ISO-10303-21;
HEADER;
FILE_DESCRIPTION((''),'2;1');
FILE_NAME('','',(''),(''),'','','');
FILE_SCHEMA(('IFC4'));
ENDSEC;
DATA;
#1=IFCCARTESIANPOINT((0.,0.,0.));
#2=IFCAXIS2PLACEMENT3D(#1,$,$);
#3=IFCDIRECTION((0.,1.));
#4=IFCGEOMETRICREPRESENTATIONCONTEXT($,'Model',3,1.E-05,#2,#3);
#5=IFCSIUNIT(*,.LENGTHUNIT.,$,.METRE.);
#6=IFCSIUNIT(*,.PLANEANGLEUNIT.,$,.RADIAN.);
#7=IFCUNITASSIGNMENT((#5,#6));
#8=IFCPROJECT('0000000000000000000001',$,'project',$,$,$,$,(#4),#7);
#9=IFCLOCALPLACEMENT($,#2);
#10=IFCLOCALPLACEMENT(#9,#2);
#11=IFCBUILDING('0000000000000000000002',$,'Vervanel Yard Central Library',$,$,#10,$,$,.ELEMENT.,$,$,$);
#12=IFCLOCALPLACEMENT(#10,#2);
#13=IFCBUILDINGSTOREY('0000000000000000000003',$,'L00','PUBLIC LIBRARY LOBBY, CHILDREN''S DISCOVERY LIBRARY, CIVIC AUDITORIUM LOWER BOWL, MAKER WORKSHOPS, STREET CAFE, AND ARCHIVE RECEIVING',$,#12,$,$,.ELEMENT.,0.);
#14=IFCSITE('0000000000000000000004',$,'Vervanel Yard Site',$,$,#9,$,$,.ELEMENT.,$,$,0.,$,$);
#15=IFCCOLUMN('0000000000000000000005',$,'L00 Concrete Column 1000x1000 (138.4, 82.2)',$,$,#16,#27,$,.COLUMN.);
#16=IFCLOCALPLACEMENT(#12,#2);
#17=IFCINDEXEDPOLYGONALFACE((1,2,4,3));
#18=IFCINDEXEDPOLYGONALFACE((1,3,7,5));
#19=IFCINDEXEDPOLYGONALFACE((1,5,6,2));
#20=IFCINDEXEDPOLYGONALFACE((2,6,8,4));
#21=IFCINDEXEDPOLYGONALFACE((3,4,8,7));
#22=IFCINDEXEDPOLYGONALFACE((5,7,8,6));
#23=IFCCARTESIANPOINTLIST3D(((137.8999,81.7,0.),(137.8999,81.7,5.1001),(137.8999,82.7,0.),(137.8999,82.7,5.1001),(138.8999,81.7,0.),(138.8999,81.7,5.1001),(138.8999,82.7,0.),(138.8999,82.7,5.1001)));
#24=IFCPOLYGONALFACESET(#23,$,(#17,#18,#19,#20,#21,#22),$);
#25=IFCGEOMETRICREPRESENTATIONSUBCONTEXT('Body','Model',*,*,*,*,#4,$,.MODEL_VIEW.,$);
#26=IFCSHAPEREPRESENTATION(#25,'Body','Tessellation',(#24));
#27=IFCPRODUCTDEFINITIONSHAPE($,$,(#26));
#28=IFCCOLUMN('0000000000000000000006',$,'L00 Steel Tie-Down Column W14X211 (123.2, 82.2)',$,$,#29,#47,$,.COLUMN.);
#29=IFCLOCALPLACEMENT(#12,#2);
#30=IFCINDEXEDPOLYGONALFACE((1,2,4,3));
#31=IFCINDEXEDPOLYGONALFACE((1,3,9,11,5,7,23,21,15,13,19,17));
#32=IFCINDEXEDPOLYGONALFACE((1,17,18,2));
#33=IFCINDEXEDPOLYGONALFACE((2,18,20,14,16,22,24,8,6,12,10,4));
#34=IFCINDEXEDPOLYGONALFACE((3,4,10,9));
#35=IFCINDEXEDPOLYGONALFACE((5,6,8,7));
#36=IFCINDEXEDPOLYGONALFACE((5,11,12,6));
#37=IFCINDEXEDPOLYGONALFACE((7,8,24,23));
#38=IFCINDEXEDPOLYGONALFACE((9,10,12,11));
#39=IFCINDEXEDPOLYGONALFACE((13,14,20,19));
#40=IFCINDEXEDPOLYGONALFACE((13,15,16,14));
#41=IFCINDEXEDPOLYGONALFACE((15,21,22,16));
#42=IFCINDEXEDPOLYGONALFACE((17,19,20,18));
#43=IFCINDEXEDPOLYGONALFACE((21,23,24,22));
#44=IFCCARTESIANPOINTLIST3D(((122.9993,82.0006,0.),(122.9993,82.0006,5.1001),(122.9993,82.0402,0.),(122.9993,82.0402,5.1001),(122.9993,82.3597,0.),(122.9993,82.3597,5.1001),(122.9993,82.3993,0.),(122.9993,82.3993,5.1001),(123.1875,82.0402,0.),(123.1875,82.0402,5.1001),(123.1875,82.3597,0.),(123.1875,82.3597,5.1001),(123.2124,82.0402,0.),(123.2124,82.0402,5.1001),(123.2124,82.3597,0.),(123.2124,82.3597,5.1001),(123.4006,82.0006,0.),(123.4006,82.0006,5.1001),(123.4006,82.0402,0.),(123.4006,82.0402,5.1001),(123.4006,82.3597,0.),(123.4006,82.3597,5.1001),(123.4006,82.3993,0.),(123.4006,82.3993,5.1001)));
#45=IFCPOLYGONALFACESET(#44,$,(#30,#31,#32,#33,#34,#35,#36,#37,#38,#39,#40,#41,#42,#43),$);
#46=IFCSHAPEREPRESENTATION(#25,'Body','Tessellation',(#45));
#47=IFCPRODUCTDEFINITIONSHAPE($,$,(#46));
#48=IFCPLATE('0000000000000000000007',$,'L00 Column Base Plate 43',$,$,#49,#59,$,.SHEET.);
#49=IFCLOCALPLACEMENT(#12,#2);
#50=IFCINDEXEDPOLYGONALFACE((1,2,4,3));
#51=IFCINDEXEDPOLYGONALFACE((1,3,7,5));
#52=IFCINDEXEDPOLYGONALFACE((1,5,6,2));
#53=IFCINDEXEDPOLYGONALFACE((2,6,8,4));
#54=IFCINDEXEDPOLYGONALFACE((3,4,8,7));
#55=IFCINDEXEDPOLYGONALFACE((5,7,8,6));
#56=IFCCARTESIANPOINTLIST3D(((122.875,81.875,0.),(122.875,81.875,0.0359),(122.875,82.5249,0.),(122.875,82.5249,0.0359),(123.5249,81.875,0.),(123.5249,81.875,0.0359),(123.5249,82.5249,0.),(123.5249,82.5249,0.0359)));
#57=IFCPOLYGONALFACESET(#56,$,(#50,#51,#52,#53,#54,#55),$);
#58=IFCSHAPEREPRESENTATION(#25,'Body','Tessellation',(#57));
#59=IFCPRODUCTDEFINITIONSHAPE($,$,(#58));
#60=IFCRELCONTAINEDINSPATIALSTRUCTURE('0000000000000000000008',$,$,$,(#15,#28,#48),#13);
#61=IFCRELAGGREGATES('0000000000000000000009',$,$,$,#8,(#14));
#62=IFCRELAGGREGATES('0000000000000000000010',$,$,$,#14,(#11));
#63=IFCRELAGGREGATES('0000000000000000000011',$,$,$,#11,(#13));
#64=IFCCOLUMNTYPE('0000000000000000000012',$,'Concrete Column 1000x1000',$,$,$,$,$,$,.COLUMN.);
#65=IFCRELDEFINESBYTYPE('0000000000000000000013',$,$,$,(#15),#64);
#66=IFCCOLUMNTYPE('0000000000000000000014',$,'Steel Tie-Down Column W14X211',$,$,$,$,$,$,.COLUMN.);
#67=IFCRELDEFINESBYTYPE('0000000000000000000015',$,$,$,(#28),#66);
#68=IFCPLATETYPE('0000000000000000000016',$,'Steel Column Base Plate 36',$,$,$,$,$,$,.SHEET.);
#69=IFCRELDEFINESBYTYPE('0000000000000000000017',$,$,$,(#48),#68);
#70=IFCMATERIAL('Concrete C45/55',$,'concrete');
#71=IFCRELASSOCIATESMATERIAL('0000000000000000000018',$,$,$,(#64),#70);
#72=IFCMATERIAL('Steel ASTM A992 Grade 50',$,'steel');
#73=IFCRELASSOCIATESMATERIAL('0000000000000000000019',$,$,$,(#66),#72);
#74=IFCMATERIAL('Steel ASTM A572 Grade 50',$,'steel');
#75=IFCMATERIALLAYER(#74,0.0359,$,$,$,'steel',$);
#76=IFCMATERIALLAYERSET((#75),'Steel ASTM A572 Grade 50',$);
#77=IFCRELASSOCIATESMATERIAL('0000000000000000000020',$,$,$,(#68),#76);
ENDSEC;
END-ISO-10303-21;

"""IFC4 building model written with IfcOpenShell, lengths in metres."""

from ifc_helpers import new_model, si_unit, direction, frame, origin, origin_2d, place, context, subcontext, project, spatial, rectangle, i_section, extrude, material, layer, layer_set, material_profile, profile_set, type_object, element, save


model = new_model("IFC4")

# Units and contexts
model_context = context("Model", 3, precision=1e-05, world=origin(), true_north=direction((0.0, 1.0)))
body_context = subcontext(model_context, "Body", "Model", "MODEL_VIEW")
ifc_project = project(units=[si_unit("LENGTHUNIT", "METRE"), si_unit("PLANEANGLEUNIT", "RADIAN")], contexts=[model_context])

# Site, building, storey
site_placement = place(None, origin())
site = spatial("IfcSite", under=ifc_project, at=site_placement, Name="Vervanel Yard Site", CompositionType="ELEMENT", RefElevation=0.0)
building_placement = place(site_placement, origin())
building = spatial("IfcBuilding", under=site, at=building_placement, Name="Vervanel Yard Central Library", CompositionType="ELEMENT")
storey_placement = place(building_placement, origin())
storey = spatial("IfcBuildingStorey", under=building, at=storey_placement, Name="L00", Description="PUBLIC LIBRARY LOBBY, CHILDREN'S DISCOVERY LIBRARY, CIVIC AUDITORIUM LOWER BOWL, MAKER WORKSHOPS, STREET CAFE, AND ARCHIVE RECEIVING", CompositionType="ELEMENT", Elevation=0.0)

# Columns
ifc_material_1 = material(Name="Concrete C45/55", Category="concrete")
ifc_material_profile_1 = material_profile(ifc_material_1, rectangle(XDim=1.0, YDim=1.0, at=origin_2d()), Name="RC 1000x1000", Category="concrete")
ifc_profile_set_1 = profile_set([ifc_material_profile_1], Name="Concrete C45/55")
column_type_1 = type_object("IfcColumnType", Name="Concrete Column 1000x1000", PredefinedType="COLUMN", material=ifc_profile_set_1)
for number, where, z_axis, x_axis, name in (
    (1, (138.3999, 82.2, 0.0), (0.0, 0.0, 1.0), (1.0, 0.0, 0.0), "L00 Concrete Column 1000x1000 (138.4, 82.2)"),
):
    element("IfcColumn", number, at=place(storey_placement, frame(where, z_axis=z_axis, x_axis=x_axis)), inside=storey, type_object=column_type_1, Name=name, PredefinedType="COLUMN", context=body_context, shape_type="SweptSolid", body=[
        extrude(rectangle(XDim=1.0, YDim=1.0, at=origin_2d()), origin(), (0.0, 0.0, 1.0), 5.1001),
    ])
ifc_material_2 = material(Name="Steel ASTM A992 Grade 50", Category="steel")
ifc_material_profile_2 = material_profile(ifc_material_2, i_section(OverallWidth=0.4014, OverallDepth=0.3987, WebThickness=0.0249, FlangeThickness=0.0396, at=origin_2d()), Name="W14X211", Category="steel")
ifc_profile_set_2 = profile_set([ifc_material_profile_2], Name="Steel ASTM A992 Grade 50")
column_type_2 = type_object("IfcColumnType", Name="Steel Tie-Down Column W14X211", PredefinedType="COLUMN", material=ifc_profile_set_2)
column_placement = place(storey_placement, frame((123.2, 82.2, 0.0), z_axis=(0.0, 0.0, 1.0), x_axis=(1.0, 0.0, 0.0)))
element("IfcColumn", 2, at=column_placement, inside=storey, type_object=column_type_2, Name="L00 Steel Tie-Down Column W14X211 (123.2, 82.2)", PredefinedType="COLUMN", context=body_context, shape_type="SweptSolid", body=[
    extrude(i_section(OverallWidth=0.4014, OverallDepth=0.3987, WebThickness=0.0249, FlangeThickness=0.0396, at=origin_2d()), origin(), (0.0, 0.0, 1.0), 5.1001),
])

# Plate
ifc_material_3 = material(Name="Steel ASTM A572 Grade 50", Category="steel")
ifc_layer = layer(ifc_material_3, 0.0359, Category="steel")
ifc_layer_set = layer_set([ifc_layer], Name="Steel ASTM A572 Grade 50")
plate_type = type_object("IfcPlateType", Name="Steel Column Base Plate 36", PredefinedType="SHEET", material=ifc_layer_set)
plate_placement = place(storey_placement, frame((123.2, 82.2, 0.0), z_axis=(0.0, 0.0, 1.0), x_axis=(1.0, 0.0, 0.0)))
element("IfcPlate", 3, at=plate_placement, inside=storey, type_object=plate_type, Name="L00 Column Base Plate 43", PredefinedType="SHEET", context=body_context, shape_type="SweptSolid", body=[
    extrude(rectangle(XDim=0.6499, YDim=0.6499, at=origin_2d()), origin(), (0.0, 0.0, 1.0), 0.0359),
])

save(model, "model.ifc")
